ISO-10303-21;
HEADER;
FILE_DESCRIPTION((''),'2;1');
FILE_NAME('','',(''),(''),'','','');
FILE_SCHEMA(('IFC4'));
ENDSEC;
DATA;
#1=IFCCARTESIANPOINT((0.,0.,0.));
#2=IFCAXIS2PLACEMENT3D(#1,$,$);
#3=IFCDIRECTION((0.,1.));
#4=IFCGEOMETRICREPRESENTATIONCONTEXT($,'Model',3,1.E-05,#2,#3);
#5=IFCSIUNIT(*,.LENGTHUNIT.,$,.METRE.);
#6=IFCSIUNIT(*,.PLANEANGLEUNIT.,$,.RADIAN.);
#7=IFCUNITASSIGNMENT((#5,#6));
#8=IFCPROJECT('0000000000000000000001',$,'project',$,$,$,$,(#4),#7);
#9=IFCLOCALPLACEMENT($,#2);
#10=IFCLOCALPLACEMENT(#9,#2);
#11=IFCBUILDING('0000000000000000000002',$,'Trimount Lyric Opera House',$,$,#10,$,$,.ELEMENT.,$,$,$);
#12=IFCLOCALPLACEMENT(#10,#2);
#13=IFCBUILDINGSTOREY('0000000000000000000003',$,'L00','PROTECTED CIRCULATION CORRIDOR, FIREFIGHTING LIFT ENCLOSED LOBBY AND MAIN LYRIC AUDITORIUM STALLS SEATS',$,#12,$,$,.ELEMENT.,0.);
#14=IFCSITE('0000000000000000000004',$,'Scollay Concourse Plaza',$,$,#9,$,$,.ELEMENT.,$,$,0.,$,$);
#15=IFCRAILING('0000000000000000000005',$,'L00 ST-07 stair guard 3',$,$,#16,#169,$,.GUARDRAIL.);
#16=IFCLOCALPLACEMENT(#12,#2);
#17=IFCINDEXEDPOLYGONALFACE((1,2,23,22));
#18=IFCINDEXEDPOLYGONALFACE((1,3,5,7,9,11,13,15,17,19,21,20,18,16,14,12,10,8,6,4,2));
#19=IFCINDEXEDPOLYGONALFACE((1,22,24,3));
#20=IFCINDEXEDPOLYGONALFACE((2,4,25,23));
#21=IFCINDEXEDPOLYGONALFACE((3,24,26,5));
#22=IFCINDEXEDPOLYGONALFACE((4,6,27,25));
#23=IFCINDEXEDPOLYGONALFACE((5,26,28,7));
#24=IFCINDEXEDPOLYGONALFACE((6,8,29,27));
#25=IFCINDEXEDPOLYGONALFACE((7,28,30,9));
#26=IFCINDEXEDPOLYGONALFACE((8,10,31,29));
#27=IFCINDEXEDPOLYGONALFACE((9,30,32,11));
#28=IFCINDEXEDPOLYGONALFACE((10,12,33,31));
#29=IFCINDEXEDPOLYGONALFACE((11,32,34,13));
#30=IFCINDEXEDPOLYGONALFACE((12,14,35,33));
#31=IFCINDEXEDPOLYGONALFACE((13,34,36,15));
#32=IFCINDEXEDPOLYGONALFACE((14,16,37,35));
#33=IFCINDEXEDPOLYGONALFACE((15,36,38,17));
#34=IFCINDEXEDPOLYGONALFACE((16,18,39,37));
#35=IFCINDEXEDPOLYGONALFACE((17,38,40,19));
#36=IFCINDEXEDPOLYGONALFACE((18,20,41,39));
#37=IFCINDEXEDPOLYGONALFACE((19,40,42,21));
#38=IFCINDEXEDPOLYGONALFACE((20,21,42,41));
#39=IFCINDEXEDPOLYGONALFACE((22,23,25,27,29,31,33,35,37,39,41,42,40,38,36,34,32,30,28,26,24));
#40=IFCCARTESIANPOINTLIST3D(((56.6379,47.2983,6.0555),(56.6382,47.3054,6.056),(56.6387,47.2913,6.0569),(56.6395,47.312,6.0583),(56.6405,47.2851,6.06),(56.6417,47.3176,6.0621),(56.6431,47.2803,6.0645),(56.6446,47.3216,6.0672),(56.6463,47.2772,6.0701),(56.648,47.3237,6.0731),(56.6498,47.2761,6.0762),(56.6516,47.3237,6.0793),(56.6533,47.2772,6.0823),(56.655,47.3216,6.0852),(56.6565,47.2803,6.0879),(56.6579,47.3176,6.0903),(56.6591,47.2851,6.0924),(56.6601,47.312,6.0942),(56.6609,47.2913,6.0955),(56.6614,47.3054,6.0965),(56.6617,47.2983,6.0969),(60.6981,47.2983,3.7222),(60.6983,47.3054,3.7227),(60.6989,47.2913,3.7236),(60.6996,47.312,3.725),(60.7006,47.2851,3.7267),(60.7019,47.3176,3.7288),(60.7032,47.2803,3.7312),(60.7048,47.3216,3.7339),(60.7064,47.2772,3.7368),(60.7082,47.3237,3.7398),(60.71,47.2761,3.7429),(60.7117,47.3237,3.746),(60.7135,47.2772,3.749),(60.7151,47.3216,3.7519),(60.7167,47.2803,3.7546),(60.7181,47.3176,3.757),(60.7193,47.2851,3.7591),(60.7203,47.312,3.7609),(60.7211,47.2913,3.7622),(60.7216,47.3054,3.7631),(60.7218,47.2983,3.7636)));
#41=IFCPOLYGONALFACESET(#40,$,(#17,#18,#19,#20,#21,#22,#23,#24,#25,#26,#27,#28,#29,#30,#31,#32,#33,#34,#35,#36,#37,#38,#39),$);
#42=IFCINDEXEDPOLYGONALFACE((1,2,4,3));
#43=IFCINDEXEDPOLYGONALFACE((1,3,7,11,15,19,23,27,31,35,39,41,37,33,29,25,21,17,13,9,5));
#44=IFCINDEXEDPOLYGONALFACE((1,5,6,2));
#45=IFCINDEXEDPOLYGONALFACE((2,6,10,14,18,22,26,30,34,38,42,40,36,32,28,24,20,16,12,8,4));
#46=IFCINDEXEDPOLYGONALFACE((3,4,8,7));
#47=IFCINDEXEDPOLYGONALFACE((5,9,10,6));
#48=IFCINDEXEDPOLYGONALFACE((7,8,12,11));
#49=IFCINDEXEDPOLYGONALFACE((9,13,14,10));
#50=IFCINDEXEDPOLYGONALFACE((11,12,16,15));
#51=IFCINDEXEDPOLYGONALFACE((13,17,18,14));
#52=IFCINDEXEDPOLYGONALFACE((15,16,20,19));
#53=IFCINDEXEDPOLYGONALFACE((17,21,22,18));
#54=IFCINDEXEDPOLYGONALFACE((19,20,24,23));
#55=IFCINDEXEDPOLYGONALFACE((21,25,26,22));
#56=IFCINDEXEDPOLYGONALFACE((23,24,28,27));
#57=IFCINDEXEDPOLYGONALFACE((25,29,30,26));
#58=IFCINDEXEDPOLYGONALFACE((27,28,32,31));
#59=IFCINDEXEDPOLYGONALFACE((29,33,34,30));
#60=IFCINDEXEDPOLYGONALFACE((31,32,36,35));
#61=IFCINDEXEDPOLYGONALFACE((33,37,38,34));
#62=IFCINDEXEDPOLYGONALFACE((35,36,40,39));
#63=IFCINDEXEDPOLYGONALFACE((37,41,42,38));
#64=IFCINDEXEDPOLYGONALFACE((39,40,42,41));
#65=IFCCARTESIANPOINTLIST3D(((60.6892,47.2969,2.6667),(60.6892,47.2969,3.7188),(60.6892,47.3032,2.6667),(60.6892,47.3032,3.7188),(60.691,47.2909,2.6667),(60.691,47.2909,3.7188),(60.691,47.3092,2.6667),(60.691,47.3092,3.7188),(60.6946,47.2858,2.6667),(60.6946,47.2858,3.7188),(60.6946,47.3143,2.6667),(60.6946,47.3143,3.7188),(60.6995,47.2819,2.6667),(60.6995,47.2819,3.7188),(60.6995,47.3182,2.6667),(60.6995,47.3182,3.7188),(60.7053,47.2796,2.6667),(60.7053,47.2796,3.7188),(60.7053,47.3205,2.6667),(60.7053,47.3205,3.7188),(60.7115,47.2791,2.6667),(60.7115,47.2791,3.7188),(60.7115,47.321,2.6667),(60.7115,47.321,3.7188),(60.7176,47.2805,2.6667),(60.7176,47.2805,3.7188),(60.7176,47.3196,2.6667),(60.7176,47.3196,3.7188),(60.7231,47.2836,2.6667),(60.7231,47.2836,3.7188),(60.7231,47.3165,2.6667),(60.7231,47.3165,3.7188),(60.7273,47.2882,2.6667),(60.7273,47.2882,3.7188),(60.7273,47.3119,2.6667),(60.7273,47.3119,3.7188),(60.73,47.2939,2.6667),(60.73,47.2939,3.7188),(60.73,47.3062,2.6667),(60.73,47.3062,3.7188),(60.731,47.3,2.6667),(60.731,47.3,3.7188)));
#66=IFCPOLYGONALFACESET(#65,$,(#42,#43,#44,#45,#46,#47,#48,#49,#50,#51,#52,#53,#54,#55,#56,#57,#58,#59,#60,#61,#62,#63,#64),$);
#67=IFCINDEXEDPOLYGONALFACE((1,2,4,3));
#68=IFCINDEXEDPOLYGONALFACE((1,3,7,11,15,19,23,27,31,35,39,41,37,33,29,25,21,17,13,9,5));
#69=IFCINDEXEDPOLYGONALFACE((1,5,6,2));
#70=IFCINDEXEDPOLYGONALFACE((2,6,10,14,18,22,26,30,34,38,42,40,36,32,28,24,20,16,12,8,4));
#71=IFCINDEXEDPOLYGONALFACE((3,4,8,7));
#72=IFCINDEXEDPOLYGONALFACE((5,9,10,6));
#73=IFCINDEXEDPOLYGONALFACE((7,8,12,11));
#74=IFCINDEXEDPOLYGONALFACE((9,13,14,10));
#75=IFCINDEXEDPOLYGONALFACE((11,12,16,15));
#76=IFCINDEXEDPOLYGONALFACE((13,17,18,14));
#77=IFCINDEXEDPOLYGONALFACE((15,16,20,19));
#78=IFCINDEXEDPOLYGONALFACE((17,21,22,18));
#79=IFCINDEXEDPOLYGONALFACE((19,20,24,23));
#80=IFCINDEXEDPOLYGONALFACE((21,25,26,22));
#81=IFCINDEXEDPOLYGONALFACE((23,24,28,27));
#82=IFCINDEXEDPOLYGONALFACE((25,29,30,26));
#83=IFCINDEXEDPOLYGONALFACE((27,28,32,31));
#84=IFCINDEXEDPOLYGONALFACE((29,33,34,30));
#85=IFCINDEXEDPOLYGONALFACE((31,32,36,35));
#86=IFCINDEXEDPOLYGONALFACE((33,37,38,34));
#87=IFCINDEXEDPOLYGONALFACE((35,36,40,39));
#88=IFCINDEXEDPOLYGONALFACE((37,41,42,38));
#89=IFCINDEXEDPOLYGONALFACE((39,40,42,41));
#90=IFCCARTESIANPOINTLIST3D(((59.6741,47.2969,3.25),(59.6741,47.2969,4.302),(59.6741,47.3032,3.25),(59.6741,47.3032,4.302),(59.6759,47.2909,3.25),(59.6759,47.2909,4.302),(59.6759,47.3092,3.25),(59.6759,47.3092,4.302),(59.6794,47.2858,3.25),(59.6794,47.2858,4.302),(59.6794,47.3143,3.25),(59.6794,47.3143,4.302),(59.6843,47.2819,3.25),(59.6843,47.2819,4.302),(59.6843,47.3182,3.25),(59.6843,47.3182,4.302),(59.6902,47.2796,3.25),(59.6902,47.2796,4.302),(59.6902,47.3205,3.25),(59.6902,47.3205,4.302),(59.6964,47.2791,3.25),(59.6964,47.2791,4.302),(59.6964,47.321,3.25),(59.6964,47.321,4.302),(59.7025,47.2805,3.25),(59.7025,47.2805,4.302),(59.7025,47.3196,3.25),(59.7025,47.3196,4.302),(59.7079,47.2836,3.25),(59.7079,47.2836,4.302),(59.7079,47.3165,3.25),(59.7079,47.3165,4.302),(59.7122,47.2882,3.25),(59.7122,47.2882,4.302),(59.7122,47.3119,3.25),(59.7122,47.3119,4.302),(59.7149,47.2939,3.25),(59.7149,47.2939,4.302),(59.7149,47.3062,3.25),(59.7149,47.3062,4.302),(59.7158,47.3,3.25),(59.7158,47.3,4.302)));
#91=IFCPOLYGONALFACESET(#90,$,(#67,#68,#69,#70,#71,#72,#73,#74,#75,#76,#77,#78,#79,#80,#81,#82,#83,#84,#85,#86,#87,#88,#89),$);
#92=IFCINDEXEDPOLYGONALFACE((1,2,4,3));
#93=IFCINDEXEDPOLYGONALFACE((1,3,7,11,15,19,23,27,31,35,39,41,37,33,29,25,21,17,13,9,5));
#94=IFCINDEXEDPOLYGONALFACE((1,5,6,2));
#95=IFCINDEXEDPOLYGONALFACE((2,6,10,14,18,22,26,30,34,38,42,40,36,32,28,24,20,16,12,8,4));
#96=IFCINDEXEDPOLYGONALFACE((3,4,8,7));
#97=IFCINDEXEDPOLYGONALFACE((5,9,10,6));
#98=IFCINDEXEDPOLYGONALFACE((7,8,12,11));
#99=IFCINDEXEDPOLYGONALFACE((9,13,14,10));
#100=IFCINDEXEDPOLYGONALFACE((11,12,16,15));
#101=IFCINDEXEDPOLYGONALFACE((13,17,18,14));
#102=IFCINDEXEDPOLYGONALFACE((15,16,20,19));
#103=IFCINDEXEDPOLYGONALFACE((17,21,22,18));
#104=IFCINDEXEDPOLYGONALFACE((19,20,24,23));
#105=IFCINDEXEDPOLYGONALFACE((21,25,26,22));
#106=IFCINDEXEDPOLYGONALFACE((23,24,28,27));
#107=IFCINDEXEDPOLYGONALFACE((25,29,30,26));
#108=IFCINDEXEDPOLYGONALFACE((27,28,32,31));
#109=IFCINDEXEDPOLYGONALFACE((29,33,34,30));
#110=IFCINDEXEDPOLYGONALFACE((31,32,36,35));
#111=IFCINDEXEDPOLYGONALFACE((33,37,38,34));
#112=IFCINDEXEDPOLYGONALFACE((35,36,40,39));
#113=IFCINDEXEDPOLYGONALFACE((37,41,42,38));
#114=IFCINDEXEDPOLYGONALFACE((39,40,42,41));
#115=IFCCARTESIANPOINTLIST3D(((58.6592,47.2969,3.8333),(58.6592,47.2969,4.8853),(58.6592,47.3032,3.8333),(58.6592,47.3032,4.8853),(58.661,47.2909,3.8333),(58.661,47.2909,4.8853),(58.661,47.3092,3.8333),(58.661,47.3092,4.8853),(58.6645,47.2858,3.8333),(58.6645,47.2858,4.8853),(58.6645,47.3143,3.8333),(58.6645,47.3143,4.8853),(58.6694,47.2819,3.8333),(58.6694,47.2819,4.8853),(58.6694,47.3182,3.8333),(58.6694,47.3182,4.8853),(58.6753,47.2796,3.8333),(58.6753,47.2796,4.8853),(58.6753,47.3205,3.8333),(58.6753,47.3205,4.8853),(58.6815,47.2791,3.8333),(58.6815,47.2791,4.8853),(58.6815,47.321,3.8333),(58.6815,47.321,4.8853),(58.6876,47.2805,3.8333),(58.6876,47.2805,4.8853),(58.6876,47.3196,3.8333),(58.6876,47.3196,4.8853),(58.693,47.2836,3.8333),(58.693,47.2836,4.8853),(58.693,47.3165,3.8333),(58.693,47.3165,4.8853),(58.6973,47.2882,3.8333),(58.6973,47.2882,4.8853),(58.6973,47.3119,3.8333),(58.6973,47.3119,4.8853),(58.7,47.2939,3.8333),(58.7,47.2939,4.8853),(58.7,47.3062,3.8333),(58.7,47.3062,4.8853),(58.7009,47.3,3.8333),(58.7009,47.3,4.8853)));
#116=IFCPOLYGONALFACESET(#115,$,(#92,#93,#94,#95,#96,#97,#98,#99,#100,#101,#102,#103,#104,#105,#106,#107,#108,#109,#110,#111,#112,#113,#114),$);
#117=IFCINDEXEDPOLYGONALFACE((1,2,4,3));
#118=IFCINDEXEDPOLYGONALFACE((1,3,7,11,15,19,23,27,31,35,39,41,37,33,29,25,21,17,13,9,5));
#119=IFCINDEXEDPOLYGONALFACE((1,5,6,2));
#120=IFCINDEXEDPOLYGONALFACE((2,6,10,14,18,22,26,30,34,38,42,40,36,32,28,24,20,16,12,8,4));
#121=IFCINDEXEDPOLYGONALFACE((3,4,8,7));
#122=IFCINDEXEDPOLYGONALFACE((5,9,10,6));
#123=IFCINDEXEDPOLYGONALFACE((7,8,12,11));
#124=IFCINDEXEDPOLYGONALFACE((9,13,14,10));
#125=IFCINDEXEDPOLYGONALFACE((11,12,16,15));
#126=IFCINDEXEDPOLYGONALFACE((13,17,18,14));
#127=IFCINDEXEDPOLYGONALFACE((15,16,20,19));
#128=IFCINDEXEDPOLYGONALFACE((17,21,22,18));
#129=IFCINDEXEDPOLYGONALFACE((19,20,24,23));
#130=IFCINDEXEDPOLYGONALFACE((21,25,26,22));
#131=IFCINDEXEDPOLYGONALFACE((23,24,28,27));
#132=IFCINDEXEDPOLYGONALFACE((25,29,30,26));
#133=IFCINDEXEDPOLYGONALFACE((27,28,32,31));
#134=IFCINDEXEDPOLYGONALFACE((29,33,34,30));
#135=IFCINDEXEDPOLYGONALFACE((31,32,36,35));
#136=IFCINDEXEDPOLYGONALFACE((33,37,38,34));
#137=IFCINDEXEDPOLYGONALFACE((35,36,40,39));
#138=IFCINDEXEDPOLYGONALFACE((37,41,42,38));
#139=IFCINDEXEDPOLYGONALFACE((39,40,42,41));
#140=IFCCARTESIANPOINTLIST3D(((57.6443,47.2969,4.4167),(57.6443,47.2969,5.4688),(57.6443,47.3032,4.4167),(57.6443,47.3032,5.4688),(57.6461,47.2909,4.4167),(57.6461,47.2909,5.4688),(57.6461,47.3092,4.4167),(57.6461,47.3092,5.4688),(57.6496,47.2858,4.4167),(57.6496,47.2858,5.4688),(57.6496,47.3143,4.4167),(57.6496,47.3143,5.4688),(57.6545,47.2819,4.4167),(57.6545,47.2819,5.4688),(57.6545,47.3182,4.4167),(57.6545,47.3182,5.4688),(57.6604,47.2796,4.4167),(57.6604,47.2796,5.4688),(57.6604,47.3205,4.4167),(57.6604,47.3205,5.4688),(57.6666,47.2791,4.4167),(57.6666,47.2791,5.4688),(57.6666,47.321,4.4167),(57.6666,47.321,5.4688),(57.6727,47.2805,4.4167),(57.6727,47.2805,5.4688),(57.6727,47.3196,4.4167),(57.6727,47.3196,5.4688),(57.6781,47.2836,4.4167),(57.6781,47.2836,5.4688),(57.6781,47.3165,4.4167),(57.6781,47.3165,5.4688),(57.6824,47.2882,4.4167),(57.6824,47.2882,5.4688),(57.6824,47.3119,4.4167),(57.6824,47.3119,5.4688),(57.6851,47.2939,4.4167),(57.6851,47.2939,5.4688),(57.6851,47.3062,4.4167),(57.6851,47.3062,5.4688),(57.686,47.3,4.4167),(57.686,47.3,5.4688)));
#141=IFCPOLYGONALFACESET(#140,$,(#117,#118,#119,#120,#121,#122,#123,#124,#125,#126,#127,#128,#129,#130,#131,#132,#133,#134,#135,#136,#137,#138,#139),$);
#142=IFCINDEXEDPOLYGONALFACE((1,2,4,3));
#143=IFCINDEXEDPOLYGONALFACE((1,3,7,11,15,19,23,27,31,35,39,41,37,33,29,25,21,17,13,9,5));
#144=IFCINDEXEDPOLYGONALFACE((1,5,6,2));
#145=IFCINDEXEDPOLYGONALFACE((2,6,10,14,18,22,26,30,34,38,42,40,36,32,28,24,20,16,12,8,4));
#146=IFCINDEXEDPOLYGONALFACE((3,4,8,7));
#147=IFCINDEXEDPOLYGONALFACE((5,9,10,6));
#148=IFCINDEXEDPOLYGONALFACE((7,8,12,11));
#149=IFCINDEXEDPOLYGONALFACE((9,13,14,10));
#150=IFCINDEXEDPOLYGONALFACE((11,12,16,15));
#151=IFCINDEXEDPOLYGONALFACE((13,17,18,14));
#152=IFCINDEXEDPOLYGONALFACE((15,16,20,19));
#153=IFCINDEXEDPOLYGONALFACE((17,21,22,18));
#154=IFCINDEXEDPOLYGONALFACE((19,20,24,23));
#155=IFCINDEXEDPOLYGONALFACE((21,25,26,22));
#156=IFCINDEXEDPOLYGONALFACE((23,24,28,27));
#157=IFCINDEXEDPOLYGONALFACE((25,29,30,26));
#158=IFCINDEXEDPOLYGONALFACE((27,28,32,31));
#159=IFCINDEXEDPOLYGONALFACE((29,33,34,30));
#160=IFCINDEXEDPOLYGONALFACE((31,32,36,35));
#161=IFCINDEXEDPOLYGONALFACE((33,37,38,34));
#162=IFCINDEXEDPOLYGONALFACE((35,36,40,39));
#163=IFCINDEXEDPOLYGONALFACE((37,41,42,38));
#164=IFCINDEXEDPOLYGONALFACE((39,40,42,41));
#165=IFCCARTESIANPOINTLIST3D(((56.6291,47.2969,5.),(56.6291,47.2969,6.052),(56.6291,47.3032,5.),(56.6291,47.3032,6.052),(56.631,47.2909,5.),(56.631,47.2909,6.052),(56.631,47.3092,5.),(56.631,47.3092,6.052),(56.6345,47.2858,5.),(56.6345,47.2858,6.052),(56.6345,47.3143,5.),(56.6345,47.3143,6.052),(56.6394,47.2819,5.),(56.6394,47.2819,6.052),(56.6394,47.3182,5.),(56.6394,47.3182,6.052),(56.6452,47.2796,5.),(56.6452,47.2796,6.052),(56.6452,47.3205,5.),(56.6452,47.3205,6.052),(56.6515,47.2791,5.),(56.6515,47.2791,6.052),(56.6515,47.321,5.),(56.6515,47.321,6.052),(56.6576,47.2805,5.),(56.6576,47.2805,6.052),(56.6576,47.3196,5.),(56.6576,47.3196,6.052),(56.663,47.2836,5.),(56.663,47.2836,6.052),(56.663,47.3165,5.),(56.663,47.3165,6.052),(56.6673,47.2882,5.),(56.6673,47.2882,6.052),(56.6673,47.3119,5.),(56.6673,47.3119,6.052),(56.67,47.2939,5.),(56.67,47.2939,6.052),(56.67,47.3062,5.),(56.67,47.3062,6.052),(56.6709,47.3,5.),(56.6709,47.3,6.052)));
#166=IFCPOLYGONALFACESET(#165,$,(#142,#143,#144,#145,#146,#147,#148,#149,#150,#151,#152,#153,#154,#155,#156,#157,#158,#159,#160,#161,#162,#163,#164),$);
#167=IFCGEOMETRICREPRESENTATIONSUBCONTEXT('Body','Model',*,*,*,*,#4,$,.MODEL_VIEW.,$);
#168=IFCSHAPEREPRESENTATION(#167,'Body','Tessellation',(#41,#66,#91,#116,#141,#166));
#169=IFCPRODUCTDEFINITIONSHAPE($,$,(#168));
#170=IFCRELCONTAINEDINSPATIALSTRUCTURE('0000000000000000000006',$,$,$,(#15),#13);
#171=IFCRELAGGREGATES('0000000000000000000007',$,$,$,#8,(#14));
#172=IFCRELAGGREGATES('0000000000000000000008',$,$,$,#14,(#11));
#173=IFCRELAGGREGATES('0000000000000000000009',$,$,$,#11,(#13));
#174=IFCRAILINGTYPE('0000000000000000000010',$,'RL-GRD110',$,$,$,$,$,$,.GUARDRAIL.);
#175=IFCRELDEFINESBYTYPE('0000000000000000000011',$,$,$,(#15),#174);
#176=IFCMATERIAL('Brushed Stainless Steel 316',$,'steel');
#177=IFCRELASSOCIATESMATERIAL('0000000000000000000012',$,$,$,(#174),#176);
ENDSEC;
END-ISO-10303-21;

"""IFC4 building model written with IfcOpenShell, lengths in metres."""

from ifc_helpers import new_model, si_unit, direction, frame, origin, origin_2d, place, context, subcontext, project, spatial, circle, extrude, material, type_object, element, save


model = new_model("IFC4")

# Units and contexts
model_context = context("Model", 3, precision=1e-05, world=origin(), true_north=direction((0.0, 1.0)))
body_context = subcontext(model_context, "Body", "Model", "MODEL_VIEW")
ifc_project = project(units=[si_unit("LENGTHUNIT", "METRE"), si_unit("PLANEANGLEUNIT", "RADIAN")], contexts=[model_context])

# Site, building, storey
site_placement = place(None, origin())
site = spatial("IfcSite", under=ifc_project, at=site_placement, Name="Scollay Concourse Plaza", CompositionType="ELEMENT", RefElevation=0.0)
building_placement = place(site_placement, origin())
building = spatial("IfcBuilding", under=site, at=building_placement, Name="Trimount Lyric Opera House", CompositionType="ELEMENT")
storey_placement = place(building_placement, origin())
storey = spatial("IfcBuildingStorey", under=building, at=storey_placement, Name="L00", Description="PROTECTED CIRCULATION CORRIDOR, FIREFIGHTING LIFT ENCLOSED LOBBY AND MAIN LYRIC AUDITORIUM STALLS SEATS", CompositionType="ELEMENT", Elevation=0.0)

# Railing
ifc_material_1 = material(Name="Brushed Stainless Steel 316", Category="steel")
railing_type_1 = type_object("IfcRailingType", Name="RL-GRD110", PredefinedType="GUARDRAIL", material=ifc_material_1)
railing_1_placement = place(storey_placement, frame((60.71, 47.3, 2.6667)))
element("IfcRailing", 1, at=railing_1_placement, inside=storey, type_object=railing_type_1, Name="L00 ST-07 stair guard 3", PredefinedType="GUARDRAIL", context=body_context, shape_type="SweptSolid", body=[
    extrude(circle(Radius=0.0239, at=origin_2d()), frame((0.0, 0.0, 1.0762), z_axis=(-0.867025, 0.0, 0.498265), x_axis=(0.0, -1.0, 0.0)), (0.0, 0.0, 1.0), 4.6829),
    extrude(circle(Radius=0.021, at=origin_2d()), origin(), (0.0, 0.0, 1.0), 1.052),
    extrude(circle(Radius=0.021, at=origin_2d()), frame((-1.0151, 0.0, 0.5833)), (0.0, 0.0, 1.0), 1.052),
    extrude(circle(Radius=0.021, at=origin_2d()), frame((-2.03, 0.0, 1.1665)), (0.0, 0.0, 1.0), 1.052),
    extrude(circle(Radius=0.021, at=origin_2d()), frame((-3.0449, 0.0, 1.75)), (0.0, 0.0, 1.0), 1.052),
    extrude(circle(Radius=0.021, at=origin_2d()), frame((-4.0601, 0.0, 2.3333)), (0.0, 0.0, 1.0), 1.052),
])

save(model, "model.ifc")
